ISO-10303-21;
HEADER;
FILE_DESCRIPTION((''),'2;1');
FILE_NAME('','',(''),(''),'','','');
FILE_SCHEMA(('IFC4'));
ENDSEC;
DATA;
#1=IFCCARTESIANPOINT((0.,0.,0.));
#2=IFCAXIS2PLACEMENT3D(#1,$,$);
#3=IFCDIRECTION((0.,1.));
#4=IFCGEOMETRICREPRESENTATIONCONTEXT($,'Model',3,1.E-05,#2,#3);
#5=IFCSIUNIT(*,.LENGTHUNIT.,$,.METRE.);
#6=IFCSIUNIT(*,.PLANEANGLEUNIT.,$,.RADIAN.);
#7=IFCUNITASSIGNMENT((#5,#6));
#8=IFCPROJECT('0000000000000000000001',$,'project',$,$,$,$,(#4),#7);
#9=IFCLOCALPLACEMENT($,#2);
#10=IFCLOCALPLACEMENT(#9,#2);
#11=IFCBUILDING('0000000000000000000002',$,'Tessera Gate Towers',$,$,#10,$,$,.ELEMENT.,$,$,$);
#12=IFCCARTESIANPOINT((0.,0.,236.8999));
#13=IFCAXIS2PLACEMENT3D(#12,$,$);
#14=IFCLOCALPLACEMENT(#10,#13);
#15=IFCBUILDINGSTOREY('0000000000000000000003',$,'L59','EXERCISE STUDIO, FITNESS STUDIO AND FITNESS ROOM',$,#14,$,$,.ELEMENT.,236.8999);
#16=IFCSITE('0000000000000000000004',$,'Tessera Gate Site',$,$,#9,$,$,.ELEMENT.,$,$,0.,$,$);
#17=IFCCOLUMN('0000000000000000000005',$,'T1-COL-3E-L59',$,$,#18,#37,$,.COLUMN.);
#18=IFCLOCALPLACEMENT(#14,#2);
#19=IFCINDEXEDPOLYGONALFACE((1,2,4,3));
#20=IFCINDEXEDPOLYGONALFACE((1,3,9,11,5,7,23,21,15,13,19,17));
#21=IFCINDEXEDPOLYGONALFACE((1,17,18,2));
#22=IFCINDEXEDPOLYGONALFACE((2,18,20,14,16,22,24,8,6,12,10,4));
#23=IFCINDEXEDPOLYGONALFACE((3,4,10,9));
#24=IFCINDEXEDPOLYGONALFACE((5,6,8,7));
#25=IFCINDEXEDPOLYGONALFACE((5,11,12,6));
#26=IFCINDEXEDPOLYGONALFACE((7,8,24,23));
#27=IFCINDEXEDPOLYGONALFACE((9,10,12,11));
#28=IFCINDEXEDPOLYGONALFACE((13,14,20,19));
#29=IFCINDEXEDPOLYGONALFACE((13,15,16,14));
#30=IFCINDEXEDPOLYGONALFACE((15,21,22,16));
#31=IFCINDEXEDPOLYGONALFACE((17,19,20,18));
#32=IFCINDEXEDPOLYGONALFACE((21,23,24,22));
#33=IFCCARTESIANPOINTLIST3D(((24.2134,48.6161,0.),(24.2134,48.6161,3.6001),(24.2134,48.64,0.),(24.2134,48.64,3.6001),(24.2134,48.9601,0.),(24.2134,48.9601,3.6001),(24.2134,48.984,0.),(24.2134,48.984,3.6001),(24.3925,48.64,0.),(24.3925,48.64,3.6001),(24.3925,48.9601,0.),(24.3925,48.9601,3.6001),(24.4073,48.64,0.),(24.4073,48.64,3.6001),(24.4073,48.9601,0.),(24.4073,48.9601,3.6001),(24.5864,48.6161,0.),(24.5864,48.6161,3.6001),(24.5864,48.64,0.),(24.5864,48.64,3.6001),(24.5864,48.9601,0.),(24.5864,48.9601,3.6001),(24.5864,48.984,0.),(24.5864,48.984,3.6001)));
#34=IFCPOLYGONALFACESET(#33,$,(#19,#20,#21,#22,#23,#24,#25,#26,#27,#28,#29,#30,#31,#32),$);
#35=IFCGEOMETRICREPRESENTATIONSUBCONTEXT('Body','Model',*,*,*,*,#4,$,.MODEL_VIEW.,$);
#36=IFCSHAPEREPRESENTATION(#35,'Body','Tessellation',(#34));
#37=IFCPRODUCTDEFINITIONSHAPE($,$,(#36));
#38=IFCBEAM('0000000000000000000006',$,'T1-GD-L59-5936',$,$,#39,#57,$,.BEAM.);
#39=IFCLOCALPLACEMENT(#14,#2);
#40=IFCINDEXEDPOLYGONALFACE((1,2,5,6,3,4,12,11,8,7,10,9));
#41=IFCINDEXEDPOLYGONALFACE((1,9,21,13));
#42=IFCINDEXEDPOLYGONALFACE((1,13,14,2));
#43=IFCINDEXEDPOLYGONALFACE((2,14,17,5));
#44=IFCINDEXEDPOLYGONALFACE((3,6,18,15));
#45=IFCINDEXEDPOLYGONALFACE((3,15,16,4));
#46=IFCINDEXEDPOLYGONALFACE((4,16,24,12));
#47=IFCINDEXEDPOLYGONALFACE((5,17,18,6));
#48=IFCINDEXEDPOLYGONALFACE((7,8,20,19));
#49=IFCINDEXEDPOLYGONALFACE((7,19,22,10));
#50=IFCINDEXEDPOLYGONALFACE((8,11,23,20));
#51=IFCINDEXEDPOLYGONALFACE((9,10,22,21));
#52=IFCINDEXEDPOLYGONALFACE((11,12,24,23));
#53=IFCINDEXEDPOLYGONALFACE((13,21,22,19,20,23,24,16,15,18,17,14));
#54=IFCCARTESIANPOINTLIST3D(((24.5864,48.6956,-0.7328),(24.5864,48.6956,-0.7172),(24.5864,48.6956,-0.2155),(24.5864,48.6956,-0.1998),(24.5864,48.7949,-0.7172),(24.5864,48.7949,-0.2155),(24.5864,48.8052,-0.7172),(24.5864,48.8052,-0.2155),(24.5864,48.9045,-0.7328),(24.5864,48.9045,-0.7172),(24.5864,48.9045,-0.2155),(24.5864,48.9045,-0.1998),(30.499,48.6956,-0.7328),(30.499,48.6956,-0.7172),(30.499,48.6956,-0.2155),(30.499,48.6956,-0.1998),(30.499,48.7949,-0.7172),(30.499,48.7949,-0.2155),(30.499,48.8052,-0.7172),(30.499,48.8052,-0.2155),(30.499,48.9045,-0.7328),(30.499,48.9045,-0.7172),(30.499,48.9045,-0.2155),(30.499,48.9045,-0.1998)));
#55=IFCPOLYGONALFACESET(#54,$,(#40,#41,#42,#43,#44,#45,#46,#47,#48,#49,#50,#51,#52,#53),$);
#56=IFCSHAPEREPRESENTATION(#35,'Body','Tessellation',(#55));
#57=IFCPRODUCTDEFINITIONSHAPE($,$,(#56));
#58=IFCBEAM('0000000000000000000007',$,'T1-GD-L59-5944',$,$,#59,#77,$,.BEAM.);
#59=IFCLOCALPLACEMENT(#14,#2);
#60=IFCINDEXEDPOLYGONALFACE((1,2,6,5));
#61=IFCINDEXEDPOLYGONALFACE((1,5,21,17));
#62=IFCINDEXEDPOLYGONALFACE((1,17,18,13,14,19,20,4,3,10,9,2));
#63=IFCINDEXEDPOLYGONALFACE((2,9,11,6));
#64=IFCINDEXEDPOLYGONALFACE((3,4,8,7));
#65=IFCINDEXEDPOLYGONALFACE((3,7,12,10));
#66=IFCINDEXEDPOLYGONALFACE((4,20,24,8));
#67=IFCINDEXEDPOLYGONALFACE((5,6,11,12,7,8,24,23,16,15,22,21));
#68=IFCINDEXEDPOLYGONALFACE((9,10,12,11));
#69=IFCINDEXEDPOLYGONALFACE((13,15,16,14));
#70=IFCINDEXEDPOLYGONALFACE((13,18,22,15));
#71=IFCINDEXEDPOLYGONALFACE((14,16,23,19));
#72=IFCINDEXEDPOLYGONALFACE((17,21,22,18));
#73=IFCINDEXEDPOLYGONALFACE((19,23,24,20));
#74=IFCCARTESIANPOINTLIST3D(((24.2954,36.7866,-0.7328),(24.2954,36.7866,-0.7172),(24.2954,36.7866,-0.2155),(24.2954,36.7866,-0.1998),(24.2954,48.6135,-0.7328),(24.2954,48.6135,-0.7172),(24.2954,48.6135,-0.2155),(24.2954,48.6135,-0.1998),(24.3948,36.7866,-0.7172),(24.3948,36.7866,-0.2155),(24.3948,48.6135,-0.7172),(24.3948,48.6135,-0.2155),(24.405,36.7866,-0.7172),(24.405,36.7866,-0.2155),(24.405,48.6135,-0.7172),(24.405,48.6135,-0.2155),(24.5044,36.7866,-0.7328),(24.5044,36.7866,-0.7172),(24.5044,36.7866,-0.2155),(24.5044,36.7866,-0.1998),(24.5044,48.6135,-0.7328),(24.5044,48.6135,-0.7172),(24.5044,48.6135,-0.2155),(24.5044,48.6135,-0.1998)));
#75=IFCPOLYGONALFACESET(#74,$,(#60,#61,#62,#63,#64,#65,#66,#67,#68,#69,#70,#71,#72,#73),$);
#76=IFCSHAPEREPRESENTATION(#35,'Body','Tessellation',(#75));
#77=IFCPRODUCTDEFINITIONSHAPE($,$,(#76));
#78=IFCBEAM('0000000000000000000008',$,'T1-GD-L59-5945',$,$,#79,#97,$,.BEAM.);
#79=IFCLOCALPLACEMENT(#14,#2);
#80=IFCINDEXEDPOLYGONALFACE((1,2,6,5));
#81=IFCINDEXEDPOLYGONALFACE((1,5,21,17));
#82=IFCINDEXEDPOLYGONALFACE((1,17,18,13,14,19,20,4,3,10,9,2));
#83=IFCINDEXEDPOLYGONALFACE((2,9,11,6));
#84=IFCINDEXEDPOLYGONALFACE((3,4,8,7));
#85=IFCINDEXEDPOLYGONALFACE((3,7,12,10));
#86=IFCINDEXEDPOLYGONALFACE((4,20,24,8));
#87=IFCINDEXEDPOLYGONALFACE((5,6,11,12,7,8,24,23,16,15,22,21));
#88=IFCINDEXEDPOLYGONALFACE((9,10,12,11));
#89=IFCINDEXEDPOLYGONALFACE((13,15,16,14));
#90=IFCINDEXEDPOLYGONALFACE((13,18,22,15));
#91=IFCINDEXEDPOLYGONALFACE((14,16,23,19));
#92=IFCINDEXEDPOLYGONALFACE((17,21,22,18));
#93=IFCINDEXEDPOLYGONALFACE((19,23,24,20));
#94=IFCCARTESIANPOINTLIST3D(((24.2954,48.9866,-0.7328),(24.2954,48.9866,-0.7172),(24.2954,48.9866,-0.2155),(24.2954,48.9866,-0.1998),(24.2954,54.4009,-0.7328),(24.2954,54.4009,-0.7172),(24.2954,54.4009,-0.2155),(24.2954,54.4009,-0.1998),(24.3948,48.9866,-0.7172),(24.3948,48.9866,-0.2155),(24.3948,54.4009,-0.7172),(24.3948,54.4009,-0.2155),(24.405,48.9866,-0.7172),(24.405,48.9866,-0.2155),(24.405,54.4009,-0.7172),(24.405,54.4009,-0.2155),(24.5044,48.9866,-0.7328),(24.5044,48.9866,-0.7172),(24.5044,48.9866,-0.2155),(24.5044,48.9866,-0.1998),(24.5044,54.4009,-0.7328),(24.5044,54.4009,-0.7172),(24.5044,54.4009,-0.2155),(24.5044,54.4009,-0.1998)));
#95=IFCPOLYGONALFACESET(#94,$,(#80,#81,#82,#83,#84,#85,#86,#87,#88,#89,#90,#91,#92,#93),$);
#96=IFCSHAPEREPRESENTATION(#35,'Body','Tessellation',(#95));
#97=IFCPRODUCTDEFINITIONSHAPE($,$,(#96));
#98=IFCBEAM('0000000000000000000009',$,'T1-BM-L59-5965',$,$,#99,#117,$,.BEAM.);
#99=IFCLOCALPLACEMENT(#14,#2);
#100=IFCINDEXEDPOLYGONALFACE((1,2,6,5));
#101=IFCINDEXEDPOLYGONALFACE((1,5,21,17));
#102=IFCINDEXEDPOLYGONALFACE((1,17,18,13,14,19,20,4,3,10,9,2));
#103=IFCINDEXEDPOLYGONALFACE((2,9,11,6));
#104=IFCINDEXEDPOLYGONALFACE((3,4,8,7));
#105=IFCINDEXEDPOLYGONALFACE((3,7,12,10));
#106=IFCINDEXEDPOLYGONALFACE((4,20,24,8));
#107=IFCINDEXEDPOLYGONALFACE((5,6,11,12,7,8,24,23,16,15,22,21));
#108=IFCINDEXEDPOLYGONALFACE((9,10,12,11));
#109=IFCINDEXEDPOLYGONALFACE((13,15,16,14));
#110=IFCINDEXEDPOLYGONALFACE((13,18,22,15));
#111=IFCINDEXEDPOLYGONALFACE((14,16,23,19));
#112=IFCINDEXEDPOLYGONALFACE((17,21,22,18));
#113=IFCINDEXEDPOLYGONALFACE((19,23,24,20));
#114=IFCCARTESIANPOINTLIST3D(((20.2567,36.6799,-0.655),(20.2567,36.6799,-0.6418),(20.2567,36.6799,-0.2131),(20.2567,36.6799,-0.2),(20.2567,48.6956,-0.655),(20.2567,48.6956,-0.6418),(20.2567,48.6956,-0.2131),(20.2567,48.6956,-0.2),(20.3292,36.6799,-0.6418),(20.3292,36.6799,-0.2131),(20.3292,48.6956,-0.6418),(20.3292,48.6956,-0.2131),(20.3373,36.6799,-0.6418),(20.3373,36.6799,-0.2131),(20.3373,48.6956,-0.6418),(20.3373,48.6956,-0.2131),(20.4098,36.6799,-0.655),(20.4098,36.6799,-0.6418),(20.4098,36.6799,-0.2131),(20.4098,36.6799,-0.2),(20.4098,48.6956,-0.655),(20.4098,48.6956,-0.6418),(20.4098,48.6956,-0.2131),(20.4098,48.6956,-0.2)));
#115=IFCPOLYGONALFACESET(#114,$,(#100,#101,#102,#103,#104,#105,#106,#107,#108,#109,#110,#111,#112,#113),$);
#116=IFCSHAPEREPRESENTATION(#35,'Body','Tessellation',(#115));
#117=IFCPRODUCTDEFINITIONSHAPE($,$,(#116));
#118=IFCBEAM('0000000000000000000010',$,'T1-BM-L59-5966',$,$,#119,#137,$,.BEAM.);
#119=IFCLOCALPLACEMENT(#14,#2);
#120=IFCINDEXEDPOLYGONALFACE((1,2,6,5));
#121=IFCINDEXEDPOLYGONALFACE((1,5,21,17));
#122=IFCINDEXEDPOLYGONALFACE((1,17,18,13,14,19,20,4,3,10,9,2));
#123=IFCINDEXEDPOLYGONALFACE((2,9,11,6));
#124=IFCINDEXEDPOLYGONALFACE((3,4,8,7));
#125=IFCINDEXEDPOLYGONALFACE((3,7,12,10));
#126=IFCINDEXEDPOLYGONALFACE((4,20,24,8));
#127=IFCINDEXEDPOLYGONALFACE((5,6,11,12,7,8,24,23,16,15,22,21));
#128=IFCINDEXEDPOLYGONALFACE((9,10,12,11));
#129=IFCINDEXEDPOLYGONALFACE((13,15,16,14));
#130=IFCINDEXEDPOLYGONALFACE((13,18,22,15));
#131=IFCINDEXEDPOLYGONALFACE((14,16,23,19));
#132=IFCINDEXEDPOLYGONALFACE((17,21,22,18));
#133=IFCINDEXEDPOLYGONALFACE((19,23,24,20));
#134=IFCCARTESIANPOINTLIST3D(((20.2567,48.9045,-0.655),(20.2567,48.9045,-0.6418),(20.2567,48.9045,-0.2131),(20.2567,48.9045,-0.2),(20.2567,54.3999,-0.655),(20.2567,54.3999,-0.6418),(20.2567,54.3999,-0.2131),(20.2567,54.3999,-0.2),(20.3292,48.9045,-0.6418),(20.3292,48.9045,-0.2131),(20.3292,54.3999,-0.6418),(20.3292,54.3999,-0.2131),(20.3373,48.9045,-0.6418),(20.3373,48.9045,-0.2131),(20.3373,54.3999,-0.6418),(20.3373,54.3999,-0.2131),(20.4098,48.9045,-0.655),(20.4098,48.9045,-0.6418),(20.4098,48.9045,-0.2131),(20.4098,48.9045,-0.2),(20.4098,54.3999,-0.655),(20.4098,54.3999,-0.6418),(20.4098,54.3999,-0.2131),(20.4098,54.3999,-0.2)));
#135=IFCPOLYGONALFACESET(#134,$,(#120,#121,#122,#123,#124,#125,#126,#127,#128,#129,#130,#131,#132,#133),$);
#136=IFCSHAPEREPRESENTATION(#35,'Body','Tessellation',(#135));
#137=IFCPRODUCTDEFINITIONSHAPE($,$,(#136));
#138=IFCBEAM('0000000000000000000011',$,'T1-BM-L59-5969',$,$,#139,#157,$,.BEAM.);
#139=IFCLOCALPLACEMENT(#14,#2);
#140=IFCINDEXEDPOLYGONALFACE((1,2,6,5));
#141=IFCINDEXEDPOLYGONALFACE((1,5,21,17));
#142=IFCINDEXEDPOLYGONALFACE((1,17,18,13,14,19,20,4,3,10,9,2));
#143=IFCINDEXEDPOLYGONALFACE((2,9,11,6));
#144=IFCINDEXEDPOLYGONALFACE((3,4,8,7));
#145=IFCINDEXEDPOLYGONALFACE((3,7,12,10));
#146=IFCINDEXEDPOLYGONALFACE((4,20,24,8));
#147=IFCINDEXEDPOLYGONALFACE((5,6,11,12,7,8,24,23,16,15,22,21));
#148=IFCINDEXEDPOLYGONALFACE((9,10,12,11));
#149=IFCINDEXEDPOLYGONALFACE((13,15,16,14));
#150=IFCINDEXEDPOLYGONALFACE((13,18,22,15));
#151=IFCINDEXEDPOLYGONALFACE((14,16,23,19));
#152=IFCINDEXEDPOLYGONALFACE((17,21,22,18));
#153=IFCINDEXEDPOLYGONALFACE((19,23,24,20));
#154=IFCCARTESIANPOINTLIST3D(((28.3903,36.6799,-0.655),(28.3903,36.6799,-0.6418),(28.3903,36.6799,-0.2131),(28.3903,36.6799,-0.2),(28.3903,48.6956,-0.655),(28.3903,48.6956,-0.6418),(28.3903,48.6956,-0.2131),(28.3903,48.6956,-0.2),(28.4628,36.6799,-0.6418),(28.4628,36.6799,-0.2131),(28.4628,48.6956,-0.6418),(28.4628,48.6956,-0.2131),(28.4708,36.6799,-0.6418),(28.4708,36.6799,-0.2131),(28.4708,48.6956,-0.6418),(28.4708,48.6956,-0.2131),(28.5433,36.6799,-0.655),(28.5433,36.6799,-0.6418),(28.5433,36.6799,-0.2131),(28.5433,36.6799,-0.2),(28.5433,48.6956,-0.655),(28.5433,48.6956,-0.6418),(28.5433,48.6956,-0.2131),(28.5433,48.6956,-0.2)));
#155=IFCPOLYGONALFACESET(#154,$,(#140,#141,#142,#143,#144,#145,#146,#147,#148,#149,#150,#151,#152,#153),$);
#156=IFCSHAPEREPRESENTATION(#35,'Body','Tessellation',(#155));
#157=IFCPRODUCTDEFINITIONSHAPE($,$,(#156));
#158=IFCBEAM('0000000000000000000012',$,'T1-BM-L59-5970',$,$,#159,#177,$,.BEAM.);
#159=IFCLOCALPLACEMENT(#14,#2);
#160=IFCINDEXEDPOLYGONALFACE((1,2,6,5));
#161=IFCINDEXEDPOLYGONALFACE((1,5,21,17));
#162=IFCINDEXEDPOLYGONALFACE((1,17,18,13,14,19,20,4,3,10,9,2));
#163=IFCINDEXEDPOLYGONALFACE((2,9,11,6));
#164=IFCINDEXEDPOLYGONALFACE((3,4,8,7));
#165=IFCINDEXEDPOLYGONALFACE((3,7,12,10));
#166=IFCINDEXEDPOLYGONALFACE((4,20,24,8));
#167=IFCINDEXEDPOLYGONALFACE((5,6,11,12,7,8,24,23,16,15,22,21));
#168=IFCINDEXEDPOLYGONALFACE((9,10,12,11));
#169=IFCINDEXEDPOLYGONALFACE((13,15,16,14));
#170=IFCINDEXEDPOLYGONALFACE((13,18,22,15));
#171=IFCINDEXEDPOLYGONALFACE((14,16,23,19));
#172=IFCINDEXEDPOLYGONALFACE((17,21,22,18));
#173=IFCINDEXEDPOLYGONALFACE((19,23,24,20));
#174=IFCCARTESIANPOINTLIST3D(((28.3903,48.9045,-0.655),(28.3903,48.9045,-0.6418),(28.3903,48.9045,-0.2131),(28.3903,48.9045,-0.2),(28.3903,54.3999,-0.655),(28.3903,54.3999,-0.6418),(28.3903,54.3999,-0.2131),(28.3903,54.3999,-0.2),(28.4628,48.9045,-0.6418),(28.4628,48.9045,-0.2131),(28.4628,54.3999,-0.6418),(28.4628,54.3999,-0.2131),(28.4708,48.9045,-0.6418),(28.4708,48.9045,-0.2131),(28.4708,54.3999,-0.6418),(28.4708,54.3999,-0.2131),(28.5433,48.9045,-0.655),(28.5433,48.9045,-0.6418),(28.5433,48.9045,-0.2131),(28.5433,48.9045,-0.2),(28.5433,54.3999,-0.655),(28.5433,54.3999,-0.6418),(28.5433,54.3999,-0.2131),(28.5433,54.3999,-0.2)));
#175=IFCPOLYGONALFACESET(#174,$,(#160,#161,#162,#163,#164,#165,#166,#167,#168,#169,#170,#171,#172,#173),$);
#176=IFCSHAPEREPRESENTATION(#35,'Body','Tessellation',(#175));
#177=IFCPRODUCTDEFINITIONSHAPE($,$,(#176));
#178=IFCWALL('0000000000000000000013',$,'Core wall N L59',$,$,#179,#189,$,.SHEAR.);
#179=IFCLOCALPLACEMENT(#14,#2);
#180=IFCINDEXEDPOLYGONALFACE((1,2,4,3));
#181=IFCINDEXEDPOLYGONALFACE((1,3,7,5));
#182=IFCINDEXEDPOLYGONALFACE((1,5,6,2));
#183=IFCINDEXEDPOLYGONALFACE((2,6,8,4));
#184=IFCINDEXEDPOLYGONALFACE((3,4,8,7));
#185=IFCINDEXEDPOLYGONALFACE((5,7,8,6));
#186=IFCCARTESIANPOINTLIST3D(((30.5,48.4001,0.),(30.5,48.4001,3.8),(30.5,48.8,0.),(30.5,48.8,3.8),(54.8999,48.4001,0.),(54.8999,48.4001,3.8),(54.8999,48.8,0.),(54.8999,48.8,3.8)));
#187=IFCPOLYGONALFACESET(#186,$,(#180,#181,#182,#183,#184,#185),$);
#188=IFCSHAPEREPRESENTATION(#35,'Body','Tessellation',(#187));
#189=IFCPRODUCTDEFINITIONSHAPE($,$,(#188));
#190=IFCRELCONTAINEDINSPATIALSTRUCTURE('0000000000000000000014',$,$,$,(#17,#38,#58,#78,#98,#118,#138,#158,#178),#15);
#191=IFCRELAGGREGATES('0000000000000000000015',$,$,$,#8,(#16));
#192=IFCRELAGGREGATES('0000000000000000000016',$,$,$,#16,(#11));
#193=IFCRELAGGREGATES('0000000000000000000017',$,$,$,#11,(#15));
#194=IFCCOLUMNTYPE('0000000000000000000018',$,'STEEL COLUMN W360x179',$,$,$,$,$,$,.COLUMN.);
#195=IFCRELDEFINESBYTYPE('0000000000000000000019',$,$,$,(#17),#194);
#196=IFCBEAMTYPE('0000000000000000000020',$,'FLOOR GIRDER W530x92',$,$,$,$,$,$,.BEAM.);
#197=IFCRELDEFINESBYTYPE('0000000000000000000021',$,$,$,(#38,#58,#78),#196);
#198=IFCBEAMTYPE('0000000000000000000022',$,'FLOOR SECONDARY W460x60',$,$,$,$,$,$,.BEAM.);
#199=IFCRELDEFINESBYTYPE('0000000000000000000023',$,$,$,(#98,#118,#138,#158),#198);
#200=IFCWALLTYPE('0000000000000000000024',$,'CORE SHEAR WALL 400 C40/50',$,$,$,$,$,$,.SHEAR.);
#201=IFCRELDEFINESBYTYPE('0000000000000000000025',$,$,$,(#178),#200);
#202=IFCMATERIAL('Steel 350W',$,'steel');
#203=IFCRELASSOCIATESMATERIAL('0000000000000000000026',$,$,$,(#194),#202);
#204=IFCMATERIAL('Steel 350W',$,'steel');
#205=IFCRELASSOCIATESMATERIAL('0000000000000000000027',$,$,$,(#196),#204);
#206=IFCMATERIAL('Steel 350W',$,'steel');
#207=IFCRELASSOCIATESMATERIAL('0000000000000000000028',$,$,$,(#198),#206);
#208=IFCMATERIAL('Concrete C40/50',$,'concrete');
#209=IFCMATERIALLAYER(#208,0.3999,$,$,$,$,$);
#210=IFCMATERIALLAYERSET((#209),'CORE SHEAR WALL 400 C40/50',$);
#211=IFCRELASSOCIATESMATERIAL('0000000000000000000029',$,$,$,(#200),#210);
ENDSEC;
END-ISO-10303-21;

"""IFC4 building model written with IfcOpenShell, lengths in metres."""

from ifc_helpers import new_model, si_unit, direction, frame, frame_2d, origin, origin_2d, place, context, subcontext, project, spatial, rectangle, i_section, extrude, material, layer, layer_set, material_profile, profile_set, type_object, element, save


model = new_model("IFC4")

# Units and contexts
model_context = context("Model", 3, precision=1e-05, world=origin(), true_north=direction((0.0, 1.0)))
body_context = subcontext(model_context, "Body", "Model", "MODEL_VIEW")
ifc_project = project(units=[si_unit("LENGTHUNIT", "METRE"), si_unit("PLANEANGLEUNIT", "RADIAN")], contexts=[model_context])

# Site, building, storey
site_placement = place(None, origin())
site = spatial("IfcSite", under=ifc_project, at=site_placement, Name="Tessera Gate Site", CompositionType="ELEMENT", RefElevation=0.0)
building_placement = place(site_placement, origin())
building = spatial("IfcBuilding", under=site, at=building_placement, Name="Tessera Gate Towers", CompositionType="ELEMENT")
storey_placement = place(building_placement, frame((0.0, 0.0, 236.8999)))
storey = spatial("IfcBuildingStorey", under=building, at=storey_placement, Name="L59", Description="EXERCISE STUDIO, FITNESS STUDIO AND FITNESS ROOM", CompositionType="ELEMENT", Elevation=236.8999)

# Column
ifc_material_1 = material(Name="Steel 350W", Category="steel")
ifc_material_profile_1 = material_profile(ifc_material_1, i_section(OverallWidth=0.373, OverallDepth=0.3679, WebThickness=0.0149, FlangeThickness=0.0239, at=origin_2d()), Name="W360x179")
ifc_profile_set_1 = profile_set([ifc_material_profile_1], Name="Steel 350W")
column_type = type_object("IfcColumnType", Name="STEEL COLUMN W360x179", PredefinedType="COLUMN", material=ifc_profile_set_1)
column_placement = place(storey_placement, frame((24.3999, 48.8, 0.0), z_axis=(0.0, 0.0, 1.0), x_axis=(1.0, 0.0, 0.0)))
element("IfcColumn", 1, at=column_placement, inside=storey, type_object=column_type, Name="T1-COL-3E-L59", PredefinedType="COLUMN", context=body_context, shape_type="SweptSolid", body=[
    extrude(i_section(OverallWidth=0.373, OverallDepth=0.3679, WebThickness=0.0149, FlangeThickness=0.0239, at=origin_2d()), origin(), (0.0, 0.0, 1.0), 3.6001),
])

# Beams
ifc_material_2 = material(Name="Steel 350W", Category="steel")
ifc_material_profile_2 = material_profile(ifc_material_2, i_section(OverallWidth=0.209, OverallDepth=0.533, WebThickness=0.0103, FlangeThickness=0.0156, at=origin_2d()), Name="W530x92")
ifc_profile_set_2 = profile_set([ifc_material_profile_2], Name="Steel 350W")
beam_type_1 = type_object("IfcBeamType", Name="FLOOR GIRDER W530x92", PredefinedType="BEAM", material=ifc_profile_set_2)
beam_1_placement = place(storey_placement, frame((24.5864, 48.8, -0.4663), z_axis=(1.0, 0.0, 0.0), x_axis=(0.0, 1.0, 0.0)))
element("IfcBeam", 2, at=beam_1_placement, inside=storey, type_object=beam_type_1, Name="T1-GD-L59-5936", PredefinedType="BEAM", context=body_context, shape_type="SweptSolid", body=[
    extrude(i_section(OverallWidth=0.209, OverallDepth=0.533, WebThickness=0.0103, FlangeThickness=0.0156, at=origin_2d()), origin(), (0.0, 0.0, 1.0), 5.9126),
])
beam_2_placement = place(storey_placement, frame((24.3999, 36.7866, -0.4663), z_axis=(0.0, 1.0, 0.0), x_axis=(-1.0, 0.0, 0.0)))
element("IfcBeam", 3, at=beam_2_placement, inside=storey, type_object=beam_type_1, Name="T1-GD-L59-5944", PredefinedType="BEAM", context=body_context, shape_type="SweptSolid", body=[
    extrude(i_section(OverallWidth=0.209, OverallDepth=0.533, WebThickness=0.0103, FlangeThickness=0.0156, at=origin_2d()), origin(), (0.0, 0.0, 1.0), 11.8269),
])
beam_3_placement = place(storey_placement, frame((24.3999, 48.9866, -0.4663), z_axis=(0.0, 1.0, 0.0), x_axis=(-1.0, 0.0, 0.0)))
element("IfcBeam", 4, at=beam_3_placement, inside=storey, type_object=beam_type_1, Name="T1-GD-L59-5945", PredefinedType="BEAM", context=body_context, shape_type="SweptSolid", body=[
    extrude(i_section(OverallWidth=0.209, OverallDepth=0.533, WebThickness=0.0103, FlangeThickness=0.0156, at=origin_2d()), origin(), (0.0, 0.0, 1.0), 5.4143),
])
ifc_material_3 = material(Name="Steel 350W", Category="steel")
ifc_material_profile_3 = material_profile(ifc_material_3, i_section(OverallWidth=0.1531, OverallDepth=0.4551, WebThickness=0.0081, FlangeThickness=0.0132, at=origin_2d()), Name="W460x60")
ifc_profile_set_3 = profile_set([ifc_material_profile_3], Name="Steel 350W")
beam_type_2 = type_object("IfcBeamType", Name="FLOOR SECONDARY W460x60", PredefinedType="BEAM", material=ifc_profile_set_3)
beam_4_placement = place(storey_placement, frame((20.3333, 36.6799, -0.4275), z_axis=(0.0, 1.0, 0.0), x_axis=(-1.0, 0.0, 0.0)))
element("IfcBeam", 5, at=beam_4_placement, inside=storey, type_object=beam_type_2, Name="T1-BM-L59-5965", PredefinedType="BEAM", context=body_context, shape_type="SweptSolid", body=[
    extrude(i_section(OverallWidth=0.1531, OverallDepth=0.4551, WebThickness=0.0081, FlangeThickness=0.0132, at=origin_2d()), origin(), (0.0, 0.0, 1.0), 12.0156),
])
beam_5_placement = place(storey_placement, frame((20.3333, 48.9045, -0.4275), z_axis=(0.0, 1.0, 0.0), x_axis=(-1.0, 0.0, 0.0)))
element("IfcBeam", 6, at=beam_5_placement, inside=storey, type_object=beam_type_2, Name="T1-BM-L59-5966", PredefinedType="BEAM", context=body_context, shape_type="SweptSolid", body=[
    extrude(i_section(OverallWidth=0.1531, OverallDepth=0.4551, WebThickness=0.0081, FlangeThickness=0.0132, at=origin_2d()), origin(), (0.0, 0.0, 1.0), 5.4954),
])
beam_6_placement = place(storey_placement, frame((28.4668, 36.6799, -0.4275), z_axis=(0.0, 1.0, 0.0), x_axis=(-1.0, 0.0, 0.0)))
element("IfcBeam", 7, at=beam_6_placement, inside=storey, type_object=beam_type_2, Name="T1-BM-L59-5969", PredefinedType="BEAM", context=body_context, shape_type="SweptSolid", body=[
    extrude(i_section(OverallWidth=0.1531, OverallDepth=0.4551, WebThickness=0.0081, FlangeThickness=0.0132, at=origin_2d()), origin(), (0.0, 0.0, 1.0), 12.0156),
])
beam_7_placement = place(storey_placement, frame((28.4668, 48.9045, -0.4275), z_axis=(0.0, 1.0, 0.0), x_axis=(-1.0, 0.0, 0.0)))
element("IfcBeam", 8, at=beam_7_placement, inside=storey, type_object=beam_type_2, Name="T1-BM-L59-5970", PredefinedType="BEAM", context=body_context, shape_type="SweptSolid", body=[
    extrude(i_section(OverallWidth=0.1531, OverallDepth=0.4551, WebThickness=0.0081, FlangeThickness=0.0132, at=origin_2d()), origin(), (0.0, 0.0, 1.0), 5.4954),
])

# Wall
ifc_material_4 = material(Name="Concrete C40/50", Category="concrete")
ifc_layer_1 = layer(ifc_material_4, 0.3999)
ifc_layer_set_1 = layer_set([ifc_layer_1], Name="CORE SHEAR WALL 400 C40/50")
wall_type_1 = type_object("IfcWallType", Name="CORE SHEAR WALL 400 C40/50", PredefinedType="SHEAR", material=ifc_layer_set_1)
wall_1_placement = place(storey_placement, frame((30.5, 48.6001, 0.0), z_axis=(0.0, 0.0, 1.0), x_axis=(1.0, 0.0, 0.0)))
element("IfcWall", 9, at=wall_1_placement, inside=storey, type_object=wall_type_1, Name="Core wall N L59", PredefinedType="SHEAR", context=body_context, shape_type="SweptSolid", body=[
    extrude(rectangle(XDim=24.3999, YDim=0.3999, at=frame_2d((12.2, 0.0))), origin(), (0.0, 0.0, 1.0), 3.8),
])

save(model, "model.ifc")
